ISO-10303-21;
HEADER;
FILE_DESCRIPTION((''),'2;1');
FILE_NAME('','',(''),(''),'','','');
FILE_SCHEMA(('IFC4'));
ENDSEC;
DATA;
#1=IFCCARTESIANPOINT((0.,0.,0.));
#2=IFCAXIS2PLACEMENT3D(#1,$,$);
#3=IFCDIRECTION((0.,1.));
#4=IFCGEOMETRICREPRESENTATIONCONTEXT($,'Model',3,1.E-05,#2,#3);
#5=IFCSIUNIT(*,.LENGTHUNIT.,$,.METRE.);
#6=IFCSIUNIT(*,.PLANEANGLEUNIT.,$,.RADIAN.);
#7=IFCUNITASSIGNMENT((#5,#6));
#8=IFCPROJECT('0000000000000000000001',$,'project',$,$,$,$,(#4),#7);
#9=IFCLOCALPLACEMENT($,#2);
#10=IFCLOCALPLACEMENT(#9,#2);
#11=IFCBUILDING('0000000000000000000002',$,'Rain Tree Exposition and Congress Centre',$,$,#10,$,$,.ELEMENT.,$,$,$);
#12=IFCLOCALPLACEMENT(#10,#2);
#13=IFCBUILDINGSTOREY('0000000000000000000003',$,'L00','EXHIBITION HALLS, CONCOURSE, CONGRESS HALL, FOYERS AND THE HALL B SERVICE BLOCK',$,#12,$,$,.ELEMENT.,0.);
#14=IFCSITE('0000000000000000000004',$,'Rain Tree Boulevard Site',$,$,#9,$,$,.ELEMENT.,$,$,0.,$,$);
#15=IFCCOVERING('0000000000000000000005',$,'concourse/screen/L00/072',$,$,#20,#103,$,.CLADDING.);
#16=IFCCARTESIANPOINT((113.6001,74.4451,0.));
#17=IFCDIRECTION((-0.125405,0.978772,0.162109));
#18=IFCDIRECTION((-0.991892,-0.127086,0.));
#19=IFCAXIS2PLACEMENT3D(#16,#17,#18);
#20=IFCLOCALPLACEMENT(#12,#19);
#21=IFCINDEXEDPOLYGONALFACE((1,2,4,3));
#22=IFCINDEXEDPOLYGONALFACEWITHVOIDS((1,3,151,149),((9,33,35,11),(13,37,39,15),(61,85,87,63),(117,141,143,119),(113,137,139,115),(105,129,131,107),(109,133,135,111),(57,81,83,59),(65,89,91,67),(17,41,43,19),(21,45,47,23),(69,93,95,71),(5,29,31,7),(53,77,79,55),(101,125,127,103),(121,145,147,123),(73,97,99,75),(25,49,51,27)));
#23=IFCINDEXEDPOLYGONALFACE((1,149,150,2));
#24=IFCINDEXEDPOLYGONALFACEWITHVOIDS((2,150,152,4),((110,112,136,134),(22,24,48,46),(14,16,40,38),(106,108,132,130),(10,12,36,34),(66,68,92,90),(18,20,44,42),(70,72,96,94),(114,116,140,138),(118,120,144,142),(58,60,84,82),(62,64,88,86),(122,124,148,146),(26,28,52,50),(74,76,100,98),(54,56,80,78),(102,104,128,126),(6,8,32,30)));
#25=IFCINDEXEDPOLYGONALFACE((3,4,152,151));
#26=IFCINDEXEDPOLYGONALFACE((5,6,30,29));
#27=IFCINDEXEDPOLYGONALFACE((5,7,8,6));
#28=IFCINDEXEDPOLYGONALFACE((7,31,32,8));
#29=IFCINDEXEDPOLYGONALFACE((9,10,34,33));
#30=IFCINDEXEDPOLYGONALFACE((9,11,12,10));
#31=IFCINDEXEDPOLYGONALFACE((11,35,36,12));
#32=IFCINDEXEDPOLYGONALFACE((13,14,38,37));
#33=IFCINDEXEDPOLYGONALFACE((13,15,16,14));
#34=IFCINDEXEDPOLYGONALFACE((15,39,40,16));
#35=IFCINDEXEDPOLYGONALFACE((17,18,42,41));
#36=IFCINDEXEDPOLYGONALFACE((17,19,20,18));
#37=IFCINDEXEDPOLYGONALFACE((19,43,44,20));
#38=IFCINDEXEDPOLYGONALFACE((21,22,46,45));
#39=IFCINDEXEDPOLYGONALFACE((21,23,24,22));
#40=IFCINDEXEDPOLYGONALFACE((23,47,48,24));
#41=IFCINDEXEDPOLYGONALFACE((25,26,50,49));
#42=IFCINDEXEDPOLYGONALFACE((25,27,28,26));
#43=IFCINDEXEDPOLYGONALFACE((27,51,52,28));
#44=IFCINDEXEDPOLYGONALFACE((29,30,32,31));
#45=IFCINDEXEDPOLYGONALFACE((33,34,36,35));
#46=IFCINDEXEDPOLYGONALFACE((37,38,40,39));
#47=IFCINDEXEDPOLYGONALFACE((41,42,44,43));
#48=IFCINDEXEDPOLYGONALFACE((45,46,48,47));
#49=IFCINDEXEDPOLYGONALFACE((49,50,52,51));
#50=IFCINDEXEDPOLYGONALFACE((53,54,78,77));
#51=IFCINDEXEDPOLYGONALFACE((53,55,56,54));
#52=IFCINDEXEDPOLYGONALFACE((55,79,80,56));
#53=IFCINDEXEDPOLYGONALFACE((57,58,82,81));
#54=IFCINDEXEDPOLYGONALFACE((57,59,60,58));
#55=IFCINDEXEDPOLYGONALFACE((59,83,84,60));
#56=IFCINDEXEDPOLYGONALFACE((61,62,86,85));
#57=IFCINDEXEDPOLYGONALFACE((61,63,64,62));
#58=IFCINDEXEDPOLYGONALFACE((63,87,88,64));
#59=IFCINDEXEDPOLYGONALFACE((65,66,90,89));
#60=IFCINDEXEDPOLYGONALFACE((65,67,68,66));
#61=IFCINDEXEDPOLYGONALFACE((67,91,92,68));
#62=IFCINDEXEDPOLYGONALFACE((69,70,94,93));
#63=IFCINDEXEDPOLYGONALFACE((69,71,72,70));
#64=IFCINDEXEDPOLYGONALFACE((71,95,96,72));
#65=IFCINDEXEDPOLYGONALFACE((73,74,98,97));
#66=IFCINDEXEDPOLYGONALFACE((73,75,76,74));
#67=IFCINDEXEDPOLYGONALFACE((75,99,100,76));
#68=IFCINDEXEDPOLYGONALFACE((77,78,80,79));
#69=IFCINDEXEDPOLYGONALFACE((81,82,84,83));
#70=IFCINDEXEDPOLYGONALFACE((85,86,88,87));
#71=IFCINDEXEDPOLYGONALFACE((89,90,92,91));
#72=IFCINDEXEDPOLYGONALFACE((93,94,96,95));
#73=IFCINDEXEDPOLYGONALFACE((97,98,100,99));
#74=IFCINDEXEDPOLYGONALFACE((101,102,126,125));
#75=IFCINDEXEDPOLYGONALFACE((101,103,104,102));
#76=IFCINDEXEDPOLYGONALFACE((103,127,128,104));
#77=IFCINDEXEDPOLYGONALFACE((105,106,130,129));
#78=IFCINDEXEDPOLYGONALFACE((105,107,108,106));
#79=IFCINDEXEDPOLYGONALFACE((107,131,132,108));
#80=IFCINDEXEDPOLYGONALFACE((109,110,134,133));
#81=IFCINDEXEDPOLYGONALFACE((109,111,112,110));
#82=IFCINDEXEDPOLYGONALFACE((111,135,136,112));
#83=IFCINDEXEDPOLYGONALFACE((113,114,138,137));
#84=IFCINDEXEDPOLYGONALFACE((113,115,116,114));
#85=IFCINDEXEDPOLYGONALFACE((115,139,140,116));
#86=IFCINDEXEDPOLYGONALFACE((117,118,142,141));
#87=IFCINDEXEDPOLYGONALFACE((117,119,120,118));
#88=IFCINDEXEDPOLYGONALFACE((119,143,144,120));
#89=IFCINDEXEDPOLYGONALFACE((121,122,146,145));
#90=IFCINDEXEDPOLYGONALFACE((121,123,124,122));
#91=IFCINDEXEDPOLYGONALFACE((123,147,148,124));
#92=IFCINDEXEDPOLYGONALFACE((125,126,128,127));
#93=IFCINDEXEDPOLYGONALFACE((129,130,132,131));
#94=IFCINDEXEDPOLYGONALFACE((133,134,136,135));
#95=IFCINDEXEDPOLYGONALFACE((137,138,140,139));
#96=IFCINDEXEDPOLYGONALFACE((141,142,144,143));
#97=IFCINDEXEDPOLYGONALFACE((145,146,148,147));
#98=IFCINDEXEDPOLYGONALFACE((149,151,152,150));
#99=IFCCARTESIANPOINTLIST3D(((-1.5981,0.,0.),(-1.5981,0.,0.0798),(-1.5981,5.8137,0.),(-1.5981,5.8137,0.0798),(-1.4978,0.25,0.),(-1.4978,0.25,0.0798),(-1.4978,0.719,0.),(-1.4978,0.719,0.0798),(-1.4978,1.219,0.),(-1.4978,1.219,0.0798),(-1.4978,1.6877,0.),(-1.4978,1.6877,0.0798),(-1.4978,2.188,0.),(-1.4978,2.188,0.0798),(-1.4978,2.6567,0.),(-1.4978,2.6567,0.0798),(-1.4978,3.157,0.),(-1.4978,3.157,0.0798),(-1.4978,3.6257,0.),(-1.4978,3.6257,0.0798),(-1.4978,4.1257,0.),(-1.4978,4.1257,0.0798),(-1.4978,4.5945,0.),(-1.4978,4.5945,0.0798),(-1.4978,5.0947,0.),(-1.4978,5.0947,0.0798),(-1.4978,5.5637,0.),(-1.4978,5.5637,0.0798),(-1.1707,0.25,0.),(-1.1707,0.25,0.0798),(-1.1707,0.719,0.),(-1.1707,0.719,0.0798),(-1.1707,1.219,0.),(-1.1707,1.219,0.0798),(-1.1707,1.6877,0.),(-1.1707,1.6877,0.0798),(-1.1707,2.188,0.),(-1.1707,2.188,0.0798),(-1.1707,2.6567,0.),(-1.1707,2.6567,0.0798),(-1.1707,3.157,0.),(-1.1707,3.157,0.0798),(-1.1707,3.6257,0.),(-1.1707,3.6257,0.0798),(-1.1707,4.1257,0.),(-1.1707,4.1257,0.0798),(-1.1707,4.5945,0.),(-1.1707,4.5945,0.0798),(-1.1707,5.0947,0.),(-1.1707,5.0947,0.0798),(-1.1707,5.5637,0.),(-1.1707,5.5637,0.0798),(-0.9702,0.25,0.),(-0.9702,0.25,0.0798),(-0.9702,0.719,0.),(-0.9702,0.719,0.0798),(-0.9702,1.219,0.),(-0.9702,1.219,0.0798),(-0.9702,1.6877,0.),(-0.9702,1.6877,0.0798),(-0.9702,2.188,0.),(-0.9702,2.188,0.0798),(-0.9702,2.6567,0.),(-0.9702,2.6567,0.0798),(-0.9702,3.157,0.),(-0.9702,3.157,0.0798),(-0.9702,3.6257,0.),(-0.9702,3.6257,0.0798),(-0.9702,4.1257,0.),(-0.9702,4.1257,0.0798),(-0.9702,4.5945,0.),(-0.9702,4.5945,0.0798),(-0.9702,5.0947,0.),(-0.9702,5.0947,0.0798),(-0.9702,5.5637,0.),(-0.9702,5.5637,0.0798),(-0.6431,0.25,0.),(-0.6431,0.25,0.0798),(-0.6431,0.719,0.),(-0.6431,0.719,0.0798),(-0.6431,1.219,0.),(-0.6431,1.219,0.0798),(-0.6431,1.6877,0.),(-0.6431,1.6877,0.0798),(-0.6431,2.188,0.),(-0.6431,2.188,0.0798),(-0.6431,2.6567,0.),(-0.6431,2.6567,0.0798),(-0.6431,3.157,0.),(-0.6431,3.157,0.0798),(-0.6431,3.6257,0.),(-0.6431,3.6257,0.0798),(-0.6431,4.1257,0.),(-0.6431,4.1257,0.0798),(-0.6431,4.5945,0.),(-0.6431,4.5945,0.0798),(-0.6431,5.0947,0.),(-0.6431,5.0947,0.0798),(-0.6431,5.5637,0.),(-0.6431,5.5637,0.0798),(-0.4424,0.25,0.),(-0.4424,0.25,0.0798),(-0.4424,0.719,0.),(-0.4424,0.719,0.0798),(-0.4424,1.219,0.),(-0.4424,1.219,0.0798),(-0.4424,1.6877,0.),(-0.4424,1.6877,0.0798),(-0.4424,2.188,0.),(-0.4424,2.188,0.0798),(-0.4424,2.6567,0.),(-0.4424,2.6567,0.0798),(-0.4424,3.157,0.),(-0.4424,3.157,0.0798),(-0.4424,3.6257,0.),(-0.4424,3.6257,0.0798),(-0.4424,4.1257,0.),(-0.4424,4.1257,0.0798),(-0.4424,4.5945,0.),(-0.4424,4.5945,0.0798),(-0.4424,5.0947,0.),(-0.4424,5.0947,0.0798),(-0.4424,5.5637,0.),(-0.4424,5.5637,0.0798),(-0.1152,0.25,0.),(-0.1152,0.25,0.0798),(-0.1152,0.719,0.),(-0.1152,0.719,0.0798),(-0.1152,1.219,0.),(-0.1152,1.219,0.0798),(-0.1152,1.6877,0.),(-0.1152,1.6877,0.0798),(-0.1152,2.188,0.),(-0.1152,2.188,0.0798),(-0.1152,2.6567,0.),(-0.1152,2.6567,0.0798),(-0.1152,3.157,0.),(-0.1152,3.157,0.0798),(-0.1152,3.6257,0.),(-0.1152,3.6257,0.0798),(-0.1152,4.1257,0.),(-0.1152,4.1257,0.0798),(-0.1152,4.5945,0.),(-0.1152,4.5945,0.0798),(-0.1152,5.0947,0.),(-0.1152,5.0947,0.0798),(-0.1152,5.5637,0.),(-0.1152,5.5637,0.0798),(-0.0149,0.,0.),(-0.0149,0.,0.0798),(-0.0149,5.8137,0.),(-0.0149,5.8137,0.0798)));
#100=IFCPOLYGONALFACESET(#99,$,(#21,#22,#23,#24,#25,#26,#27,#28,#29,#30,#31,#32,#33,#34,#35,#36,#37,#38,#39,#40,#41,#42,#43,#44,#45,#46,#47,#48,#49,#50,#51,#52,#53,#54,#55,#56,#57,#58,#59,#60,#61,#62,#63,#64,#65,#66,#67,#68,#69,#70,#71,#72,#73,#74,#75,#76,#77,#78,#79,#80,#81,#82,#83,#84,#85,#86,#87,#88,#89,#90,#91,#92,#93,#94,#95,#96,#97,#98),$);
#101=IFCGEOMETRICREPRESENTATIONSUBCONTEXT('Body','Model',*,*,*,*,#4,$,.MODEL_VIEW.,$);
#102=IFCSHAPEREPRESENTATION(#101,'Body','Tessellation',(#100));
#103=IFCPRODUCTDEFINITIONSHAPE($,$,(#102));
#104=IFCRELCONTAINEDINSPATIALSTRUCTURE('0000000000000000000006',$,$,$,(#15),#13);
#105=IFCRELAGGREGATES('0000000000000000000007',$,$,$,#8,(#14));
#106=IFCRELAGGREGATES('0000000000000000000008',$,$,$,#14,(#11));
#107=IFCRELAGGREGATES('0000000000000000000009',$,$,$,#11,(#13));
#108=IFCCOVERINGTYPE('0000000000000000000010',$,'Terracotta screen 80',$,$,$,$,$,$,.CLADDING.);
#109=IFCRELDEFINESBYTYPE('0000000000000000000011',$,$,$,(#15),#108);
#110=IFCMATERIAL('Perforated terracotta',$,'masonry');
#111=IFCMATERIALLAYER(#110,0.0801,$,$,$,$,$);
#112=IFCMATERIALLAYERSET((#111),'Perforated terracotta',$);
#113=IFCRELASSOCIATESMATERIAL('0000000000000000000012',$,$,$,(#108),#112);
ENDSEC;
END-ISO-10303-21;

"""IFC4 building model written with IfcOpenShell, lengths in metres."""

from ifc_helpers import new_model, si_unit, direction, frame, origin, place, context, subcontext, project, spatial, polyline, outline, extrude, material, layer, layer_set, type_object, element, save


model = new_model("IFC4")

# Units and contexts
model_context = context("Model", 3, precision=1e-05, world=origin(), true_north=direction((0.0, 1.0)))
body_context = subcontext(model_context, "Body", "Model", "MODEL_VIEW")
ifc_project = project(units=[si_unit("LENGTHUNIT", "METRE"), si_unit("PLANEANGLEUNIT", "RADIAN")], contexts=[model_context])

# Site, building, storey
site_placement = place(None, origin())
site = spatial("IfcSite", under=ifc_project, at=site_placement, Name="Rain Tree Boulevard Site", CompositionType="ELEMENT", RefElevation=0.0)
building_placement = place(site_placement, origin())
building = spatial("IfcBuilding", under=site, at=building_placement, Name="Rain Tree Exposition and Congress Centre", CompositionType="ELEMENT")
storey_placement = place(building_placement, origin())
storey = spatial("IfcBuildingStorey", under=building, at=storey_placement, Name="L00", Description="EXHIBITION HALLS, CONCOURSE, CONGRESS HALL, FOYERS AND THE HALL B SERVICE BLOCK", CompositionType="ELEMENT", Elevation=0.0)

# Covering
ifc_material_1 = material(Name="Perforated terracotta", Category="masonry")
ifc_layer_1 = layer(ifc_material_1, 0.0801)
ifc_layer_set_1 = layer_set([ifc_layer_1], Name="Perforated terracotta")
covering_type = type_object("IfcCoveringType", Name="Terracotta screen 80", PredefinedType="CLADDING", material=ifc_layer_set_1)
covering_1_placement = place(storey_placement, frame((113.6001, 74.4451, 0.0), z_axis=(-0.125405, 0.978772, 0.162109), x_axis=(-0.991892, -0.127086, 0.0)))
element("IfcCovering", 1, at=covering_1_placement, inside=storey, type_object=covering_type, Name="concourse/screen/L00/072", PredefinedType="CLADDING", context=body_context, shape_type="SweptSolid", body=[
    extrude(outline(polyline([(-0.0149, 0.0), (-1.5981, 0.0), (-1.5981, 5.8137), (-0.0149, 5.8137), (-0.0149, 0.0)]), holes=[polyline([(-0.1152, 0.25), (-0.1152, 0.719), (-0.4424, 0.719), (-0.4424, 0.25), (-0.1152, 0.25)]), polyline([(-0.1152, 1.219), (-0.1152, 1.6877), (-0.4424, 1.6877), (-0.4424, 1.219), (-0.1152, 1.219)]), polyline([(-0.1152, 2.188), (-0.1152, 2.6567), (-0.4424, 2.6567), (-0.4424, 2.188), (-0.1152, 2.188)]), polyline([(-0.1152, 3.157), (-0.1152, 3.6257), (-0.4424, 3.6257), (-0.4424, 3.157), (-0.1152, 3.157)]), polyline([(-0.1152, 4.1257), (-0.1152, 4.5945), (-0.4424, 4.5945), (-0.4424, 4.1257), (-0.1152, 4.1257)]), polyline([(-0.1152, 5.0947), (-0.1152, 5.5637), (-0.4424, 5.5637), (-0.4424, 5.0947), (-0.1152, 5.0947)]), polyline([(-0.6431, 0.25), (-0.6431, 0.719), (-0.9702, 0.719), (-0.9702, 0.25), (-0.6431, 0.25)]), polyline([(-0.6431, 1.219), (-0.6431, 1.6877), (-0.9702, 1.6877), (-0.9702, 1.219), (-0.6431, 1.219)]), polyline([(-0.6431, 2.188), (-0.6431, 2.6567), (-0.9702, 2.6567), (-0.9702, 2.188), (-0.6431, 2.188)]), polyline([(-0.6431, 3.157), (-0.6431, 3.6257), (-0.9702, 3.6257), (-0.9702, 3.157), (-0.6431, 3.157)]), polyline([(-0.6431, 4.1257), (-0.6431, 4.5945), (-0.9702, 4.5945), (-0.9702, 4.1257), (-0.6431, 4.1257)]), polyline([(-0.6431, 5.0947), (-0.6431, 5.5637), (-0.9702, 5.5637), (-0.9702, 5.0947), (-0.6431, 5.0947)]), polyline([(-1.1707, 0.25), (-1.1707, 0.719), (-1.4978, 0.719), (-1.4978, 0.25), (-1.1707, 0.25)]), polyline([(-1.1707, 1.219), (-1.1707, 1.6877), (-1.4978, 1.6877), (-1.4978, 1.219), (-1.1707, 1.219)]), polyline([(-1.1707, 2.188), (-1.1707, 2.6567), (-1.4978, 2.6567), (-1.4978, 2.188), (-1.1707, 2.188)]), polyline([(-1.1707, 3.157), (-1.1707, 3.6257), (-1.4978, 3.6257), (-1.4978, 3.157), (-1.1707, 3.157)]), polyline([(-1.1707, 4.1257), (-1.1707, 4.5945), (-1.4978, 4.5945), (-1.4978, 4.1257), (-1.1707, 4.1257)]), polyline([(-1.1707, 5.0947), (-1.1707, 5.5637), (-1.4978, 5.5637), (-1.4978, 5.0947), (-1.1707, 5.0947)])]), origin(), (0.0, 0.0, 1.0), 0.0798),
])

save(model, "model.ifc")
